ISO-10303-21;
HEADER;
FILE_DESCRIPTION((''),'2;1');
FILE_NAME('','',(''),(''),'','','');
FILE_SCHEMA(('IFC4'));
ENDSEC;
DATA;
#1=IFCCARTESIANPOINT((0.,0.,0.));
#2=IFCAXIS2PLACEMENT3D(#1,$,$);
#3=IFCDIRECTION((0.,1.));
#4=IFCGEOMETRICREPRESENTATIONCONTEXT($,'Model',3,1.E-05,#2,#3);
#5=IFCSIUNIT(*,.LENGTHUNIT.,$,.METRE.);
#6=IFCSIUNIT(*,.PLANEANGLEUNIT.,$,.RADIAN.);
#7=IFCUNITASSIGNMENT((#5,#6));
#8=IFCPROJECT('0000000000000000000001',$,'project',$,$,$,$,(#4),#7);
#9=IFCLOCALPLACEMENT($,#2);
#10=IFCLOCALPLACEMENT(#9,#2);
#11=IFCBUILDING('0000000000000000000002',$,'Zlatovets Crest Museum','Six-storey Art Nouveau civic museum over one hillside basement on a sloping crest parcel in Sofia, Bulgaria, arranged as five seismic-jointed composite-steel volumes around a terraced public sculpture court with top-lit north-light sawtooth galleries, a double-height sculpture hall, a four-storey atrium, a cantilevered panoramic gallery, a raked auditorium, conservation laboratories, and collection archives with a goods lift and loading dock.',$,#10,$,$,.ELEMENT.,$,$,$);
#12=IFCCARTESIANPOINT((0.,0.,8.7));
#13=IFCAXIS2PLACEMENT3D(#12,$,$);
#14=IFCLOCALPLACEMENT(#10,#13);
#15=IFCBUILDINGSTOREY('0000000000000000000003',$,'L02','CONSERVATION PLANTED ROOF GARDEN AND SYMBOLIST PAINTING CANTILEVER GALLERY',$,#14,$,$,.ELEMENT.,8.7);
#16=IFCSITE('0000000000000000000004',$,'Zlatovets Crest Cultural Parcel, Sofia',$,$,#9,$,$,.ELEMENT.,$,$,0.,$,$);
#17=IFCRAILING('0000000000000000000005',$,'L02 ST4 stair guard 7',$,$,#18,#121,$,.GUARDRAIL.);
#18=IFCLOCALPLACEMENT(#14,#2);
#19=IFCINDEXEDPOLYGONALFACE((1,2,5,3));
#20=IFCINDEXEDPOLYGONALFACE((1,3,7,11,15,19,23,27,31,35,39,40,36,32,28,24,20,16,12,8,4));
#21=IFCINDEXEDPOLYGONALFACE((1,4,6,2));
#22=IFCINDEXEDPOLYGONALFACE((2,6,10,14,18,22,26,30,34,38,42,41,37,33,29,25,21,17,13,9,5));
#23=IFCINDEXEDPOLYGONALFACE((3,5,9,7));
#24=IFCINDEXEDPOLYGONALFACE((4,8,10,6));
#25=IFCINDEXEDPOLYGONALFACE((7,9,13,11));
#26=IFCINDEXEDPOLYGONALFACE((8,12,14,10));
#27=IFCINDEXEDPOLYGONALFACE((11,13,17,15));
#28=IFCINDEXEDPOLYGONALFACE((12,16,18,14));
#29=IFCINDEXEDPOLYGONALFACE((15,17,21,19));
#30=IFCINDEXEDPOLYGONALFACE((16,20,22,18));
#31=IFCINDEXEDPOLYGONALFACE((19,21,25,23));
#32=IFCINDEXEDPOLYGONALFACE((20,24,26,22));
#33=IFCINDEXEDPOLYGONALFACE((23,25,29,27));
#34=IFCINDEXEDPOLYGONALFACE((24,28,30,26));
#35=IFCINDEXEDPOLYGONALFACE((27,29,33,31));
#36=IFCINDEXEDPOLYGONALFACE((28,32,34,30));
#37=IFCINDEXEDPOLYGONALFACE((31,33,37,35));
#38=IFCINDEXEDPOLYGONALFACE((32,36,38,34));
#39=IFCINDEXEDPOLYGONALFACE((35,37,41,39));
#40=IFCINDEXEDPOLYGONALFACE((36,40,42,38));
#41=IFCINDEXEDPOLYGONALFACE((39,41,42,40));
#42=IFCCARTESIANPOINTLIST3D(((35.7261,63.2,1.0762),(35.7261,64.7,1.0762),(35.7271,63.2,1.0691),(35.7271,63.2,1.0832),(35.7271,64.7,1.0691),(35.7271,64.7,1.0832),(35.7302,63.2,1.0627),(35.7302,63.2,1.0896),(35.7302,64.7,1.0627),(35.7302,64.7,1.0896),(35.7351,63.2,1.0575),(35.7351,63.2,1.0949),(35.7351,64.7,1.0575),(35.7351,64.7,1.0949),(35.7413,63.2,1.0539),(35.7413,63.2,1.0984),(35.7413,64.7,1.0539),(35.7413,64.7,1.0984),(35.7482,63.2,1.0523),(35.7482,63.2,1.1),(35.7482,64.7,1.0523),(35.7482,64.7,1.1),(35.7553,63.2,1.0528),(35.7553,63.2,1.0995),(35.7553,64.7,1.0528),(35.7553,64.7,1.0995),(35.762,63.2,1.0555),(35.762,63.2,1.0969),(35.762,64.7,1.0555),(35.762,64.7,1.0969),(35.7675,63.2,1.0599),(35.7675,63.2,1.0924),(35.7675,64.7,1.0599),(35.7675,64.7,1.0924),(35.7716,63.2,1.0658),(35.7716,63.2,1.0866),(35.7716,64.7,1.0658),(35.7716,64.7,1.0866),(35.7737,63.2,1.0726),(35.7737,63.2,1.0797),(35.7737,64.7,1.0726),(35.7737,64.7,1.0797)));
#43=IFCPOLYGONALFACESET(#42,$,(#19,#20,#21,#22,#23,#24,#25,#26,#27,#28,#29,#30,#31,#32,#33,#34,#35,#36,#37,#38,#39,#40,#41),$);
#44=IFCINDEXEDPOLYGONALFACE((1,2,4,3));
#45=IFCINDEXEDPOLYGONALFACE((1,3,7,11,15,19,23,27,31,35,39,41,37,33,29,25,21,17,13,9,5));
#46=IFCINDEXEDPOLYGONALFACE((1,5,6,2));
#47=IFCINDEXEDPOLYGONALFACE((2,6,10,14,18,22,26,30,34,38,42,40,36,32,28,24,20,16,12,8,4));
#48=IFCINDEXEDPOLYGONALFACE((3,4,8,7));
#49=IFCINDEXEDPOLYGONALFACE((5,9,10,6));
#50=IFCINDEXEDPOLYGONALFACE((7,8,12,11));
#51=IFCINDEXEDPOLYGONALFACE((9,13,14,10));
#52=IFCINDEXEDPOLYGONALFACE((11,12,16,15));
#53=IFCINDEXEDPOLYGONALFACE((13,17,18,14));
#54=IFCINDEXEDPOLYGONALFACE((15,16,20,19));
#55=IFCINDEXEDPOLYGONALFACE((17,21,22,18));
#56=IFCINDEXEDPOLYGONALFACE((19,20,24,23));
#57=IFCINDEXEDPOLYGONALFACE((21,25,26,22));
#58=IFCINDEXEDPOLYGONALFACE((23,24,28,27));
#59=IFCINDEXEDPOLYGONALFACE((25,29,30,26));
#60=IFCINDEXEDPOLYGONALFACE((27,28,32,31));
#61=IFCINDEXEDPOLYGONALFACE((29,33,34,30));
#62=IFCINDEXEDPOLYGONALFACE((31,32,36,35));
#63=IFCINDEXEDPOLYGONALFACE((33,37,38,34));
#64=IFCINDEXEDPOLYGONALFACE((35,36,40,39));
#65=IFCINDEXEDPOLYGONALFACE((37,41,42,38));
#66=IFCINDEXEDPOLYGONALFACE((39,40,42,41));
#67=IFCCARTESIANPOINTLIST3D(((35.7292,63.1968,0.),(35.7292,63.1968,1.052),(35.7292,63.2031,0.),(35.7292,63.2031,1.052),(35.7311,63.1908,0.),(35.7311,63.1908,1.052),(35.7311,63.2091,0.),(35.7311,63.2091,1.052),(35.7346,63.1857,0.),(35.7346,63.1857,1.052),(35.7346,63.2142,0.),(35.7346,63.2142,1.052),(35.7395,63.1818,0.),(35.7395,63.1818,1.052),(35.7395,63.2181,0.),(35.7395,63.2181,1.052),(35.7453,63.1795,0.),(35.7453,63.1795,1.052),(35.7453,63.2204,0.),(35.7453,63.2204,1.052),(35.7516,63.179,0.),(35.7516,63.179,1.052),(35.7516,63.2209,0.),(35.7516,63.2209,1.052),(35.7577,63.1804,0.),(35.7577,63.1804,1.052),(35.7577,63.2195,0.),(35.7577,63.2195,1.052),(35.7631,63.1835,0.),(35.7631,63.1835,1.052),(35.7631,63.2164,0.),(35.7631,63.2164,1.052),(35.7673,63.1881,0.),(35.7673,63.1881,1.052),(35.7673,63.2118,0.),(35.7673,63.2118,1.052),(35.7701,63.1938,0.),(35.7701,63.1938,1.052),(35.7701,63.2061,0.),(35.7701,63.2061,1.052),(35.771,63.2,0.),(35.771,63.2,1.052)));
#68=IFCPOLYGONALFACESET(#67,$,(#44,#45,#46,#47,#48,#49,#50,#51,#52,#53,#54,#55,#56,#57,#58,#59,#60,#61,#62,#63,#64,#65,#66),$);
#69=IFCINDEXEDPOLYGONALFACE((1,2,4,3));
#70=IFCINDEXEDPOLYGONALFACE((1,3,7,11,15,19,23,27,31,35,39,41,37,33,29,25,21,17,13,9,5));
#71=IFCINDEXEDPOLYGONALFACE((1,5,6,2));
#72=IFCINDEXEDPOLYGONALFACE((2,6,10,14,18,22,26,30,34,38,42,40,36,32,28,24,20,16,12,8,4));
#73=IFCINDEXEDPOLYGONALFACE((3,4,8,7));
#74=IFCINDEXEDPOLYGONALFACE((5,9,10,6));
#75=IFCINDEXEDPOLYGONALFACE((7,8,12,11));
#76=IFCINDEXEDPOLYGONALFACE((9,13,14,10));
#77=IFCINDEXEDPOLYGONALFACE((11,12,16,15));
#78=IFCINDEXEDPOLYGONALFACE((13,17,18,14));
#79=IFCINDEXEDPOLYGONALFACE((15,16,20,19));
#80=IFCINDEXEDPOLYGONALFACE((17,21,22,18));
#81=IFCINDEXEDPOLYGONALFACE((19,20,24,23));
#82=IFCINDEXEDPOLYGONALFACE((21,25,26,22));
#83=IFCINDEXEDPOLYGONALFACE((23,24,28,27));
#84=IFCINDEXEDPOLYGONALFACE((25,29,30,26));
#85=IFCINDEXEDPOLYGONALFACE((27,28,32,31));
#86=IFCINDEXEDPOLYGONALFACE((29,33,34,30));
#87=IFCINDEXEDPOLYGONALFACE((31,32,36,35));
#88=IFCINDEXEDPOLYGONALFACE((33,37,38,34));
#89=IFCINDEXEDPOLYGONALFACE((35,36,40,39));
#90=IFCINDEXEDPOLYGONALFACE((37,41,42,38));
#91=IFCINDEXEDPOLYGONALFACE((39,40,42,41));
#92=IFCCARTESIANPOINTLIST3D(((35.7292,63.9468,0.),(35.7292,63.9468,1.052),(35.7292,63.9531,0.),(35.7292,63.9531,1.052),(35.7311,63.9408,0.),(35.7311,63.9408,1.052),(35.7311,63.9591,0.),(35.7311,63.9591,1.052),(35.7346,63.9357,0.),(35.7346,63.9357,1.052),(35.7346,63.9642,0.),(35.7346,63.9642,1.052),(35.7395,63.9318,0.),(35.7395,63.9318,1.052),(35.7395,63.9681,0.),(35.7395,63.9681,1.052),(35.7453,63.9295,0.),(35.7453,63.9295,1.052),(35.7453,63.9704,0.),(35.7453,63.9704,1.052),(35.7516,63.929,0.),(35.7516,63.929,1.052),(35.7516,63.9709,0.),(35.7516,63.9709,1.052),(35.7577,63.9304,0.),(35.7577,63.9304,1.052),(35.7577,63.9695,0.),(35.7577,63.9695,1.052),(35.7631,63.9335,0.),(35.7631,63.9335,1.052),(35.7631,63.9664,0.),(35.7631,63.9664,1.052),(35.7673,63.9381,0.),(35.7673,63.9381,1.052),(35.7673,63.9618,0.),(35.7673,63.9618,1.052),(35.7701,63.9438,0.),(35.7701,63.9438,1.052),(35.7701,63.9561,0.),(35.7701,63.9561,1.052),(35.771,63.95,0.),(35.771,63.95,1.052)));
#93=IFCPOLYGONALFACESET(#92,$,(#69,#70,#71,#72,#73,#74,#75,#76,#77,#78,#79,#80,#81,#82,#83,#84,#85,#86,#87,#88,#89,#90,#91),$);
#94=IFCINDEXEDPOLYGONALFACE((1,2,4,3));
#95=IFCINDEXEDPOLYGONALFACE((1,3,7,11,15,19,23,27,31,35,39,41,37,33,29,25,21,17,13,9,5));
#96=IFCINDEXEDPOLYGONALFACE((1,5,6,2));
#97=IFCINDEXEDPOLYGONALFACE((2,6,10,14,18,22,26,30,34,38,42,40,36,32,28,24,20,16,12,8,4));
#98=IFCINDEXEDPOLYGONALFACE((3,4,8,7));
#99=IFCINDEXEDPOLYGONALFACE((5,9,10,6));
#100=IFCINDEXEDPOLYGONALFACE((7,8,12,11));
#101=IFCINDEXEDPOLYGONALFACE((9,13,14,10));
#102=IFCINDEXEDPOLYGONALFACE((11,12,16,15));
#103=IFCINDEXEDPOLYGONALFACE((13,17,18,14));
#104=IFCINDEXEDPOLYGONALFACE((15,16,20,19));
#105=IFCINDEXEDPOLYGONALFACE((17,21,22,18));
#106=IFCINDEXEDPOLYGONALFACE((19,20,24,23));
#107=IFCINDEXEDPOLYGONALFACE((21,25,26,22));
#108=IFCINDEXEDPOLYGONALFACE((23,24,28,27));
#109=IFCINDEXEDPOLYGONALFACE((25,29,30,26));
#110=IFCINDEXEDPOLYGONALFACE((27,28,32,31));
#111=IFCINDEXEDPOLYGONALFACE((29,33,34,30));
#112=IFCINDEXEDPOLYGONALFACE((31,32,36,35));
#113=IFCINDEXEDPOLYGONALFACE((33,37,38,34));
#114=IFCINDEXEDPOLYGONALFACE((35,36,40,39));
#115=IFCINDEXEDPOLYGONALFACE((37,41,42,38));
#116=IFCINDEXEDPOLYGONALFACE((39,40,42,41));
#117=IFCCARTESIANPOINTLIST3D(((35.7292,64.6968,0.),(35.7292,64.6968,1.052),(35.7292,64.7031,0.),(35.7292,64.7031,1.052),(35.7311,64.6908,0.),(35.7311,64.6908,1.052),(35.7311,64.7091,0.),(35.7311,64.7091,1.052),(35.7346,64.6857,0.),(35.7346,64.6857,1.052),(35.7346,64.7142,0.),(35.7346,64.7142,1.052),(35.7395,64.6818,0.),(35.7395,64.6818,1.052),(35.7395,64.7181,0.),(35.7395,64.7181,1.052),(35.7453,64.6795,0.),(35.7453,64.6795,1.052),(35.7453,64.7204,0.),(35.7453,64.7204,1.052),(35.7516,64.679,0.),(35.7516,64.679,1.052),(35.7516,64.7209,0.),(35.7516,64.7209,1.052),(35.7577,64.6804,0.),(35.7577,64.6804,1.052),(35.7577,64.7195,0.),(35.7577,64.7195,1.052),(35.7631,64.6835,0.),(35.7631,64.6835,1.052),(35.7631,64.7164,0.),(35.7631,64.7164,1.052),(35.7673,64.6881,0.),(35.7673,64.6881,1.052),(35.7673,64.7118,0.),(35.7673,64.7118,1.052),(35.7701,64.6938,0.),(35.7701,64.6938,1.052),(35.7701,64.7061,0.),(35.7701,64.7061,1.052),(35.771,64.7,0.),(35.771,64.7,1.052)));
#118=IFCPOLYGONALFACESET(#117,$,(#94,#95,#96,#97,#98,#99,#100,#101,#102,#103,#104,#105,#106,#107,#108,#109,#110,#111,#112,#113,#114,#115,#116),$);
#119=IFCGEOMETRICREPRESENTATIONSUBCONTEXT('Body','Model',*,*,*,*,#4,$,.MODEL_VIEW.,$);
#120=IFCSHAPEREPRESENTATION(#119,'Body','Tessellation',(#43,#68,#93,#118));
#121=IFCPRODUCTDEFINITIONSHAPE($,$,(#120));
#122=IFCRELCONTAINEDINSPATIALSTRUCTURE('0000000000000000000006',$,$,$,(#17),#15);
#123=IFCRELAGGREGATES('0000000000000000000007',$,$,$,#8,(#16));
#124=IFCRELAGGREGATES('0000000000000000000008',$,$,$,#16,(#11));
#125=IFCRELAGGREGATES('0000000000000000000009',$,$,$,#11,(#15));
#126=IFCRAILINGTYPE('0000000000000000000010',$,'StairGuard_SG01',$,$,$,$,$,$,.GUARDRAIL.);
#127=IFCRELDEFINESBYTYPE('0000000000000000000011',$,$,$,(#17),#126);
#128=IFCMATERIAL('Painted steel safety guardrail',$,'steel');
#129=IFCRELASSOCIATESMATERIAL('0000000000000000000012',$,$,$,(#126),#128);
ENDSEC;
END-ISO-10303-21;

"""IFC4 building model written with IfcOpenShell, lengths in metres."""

from ifc_helpers import new_model, si_unit, direction, frame, origin, origin_2d, place, context, subcontext, project, spatial, circle, extrude, material, type_object, element, save


model = new_model("IFC4")

# Units and contexts
model_context = context("Model", 3, precision=1e-05, world=origin(), true_north=direction((0.0, 1.0)))
body_context = subcontext(model_context, "Body", "Model", "MODEL_VIEW")
ifc_project = project(units=[si_unit("LENGTHUNIT", "METRE"), si_unit("PLANEANGLEUNIT", "RADIAN")], contexts=[model_context])

# Site, building, storey
site_placement = place(None, origin())
site = spatial("IfcSite", under=ifc_project, at=site_placement, Name="Zlatovets Crest Cultural Parcel, Sofia", CompositionType="ELEMENT", RefElevation=0.0)
building_placement = place(site_placement, origin())
building = spatial("IfcBuilding", under=site, at=building_placement, Name="Zlatovets Crest Museum", Description="Six-storey Art Nouveau civic museum over one hillside basement on a sloping crest parcel in Sofia, Bulgaria, arranged as five seismic-jointed composite-steel volumes around a terraced public sculpture court with top-lit north-light sawtooth galleries, a double-height sculpture hall, a four-storey atrium, a cantilevered panoramic gallery, a raked auditorium, conservation laboratories, and collection archives with a goods lift and loading dock.", CompositionType="ELEMENT")
storey_placement = place(building_placement, frame((0.0, 0.0, 8.7)))
storey = spatial("IfcBuildingStorey", under=building, at=storey_placement, Name="L02", Description="CONSERVATION PLANTED ROOF GARDEN AND SYMBOLIST PAINTING CANTILEVER GALLERY", CompositionType="ELEMENT", Elevation=8.7)

# Railing
ifc_material_1 = material(Name="Painted steel safety guardrail", Category="steel")
railing_type = type_object("IfcRailingType", Name="StairGuard_SG01", PredefinedType="GUARDRAIL", material=ifc_material_1)
railing_1_placement = place(storey_placement, frame((35.75, 63.2, 0.0)))
element("IfcRailing", 1, at=railing_1_placement, inside=storey, type_object=railing_type, Name="L02 ST4 stair guard 7", PredefinedType="GUARDRAIL", context=body_context, shape_type="SweptSolid", body=[
    extrude(circle(Radius=0.0239, at=origin_2d()), frame((0.0, 0.0, 1.0762), z_axis=(0.0, 1.0, 0.0), x_axis=(-1.0, 0.0, 0.0)), (0.0, 0.0, 1.0), 1.5),
    extrude(circle(Radius=0.021, at=origin_2d()), origin(), (0.0, 0.0, 1.0), 1.052),
    extrude(circle(Radius=0.021, at=origin_2d()), frame((0.0, 0.75, 0.0)), (0.0, 0.0, 1.0), 1.052),
    extrude(circle(Radius=0.021, at=origin_2d()), frame((0.0, 1.5, 0.0)), (0.0, 0.0, 1.0), 1.052),
])

save(model, "model.ifc")
